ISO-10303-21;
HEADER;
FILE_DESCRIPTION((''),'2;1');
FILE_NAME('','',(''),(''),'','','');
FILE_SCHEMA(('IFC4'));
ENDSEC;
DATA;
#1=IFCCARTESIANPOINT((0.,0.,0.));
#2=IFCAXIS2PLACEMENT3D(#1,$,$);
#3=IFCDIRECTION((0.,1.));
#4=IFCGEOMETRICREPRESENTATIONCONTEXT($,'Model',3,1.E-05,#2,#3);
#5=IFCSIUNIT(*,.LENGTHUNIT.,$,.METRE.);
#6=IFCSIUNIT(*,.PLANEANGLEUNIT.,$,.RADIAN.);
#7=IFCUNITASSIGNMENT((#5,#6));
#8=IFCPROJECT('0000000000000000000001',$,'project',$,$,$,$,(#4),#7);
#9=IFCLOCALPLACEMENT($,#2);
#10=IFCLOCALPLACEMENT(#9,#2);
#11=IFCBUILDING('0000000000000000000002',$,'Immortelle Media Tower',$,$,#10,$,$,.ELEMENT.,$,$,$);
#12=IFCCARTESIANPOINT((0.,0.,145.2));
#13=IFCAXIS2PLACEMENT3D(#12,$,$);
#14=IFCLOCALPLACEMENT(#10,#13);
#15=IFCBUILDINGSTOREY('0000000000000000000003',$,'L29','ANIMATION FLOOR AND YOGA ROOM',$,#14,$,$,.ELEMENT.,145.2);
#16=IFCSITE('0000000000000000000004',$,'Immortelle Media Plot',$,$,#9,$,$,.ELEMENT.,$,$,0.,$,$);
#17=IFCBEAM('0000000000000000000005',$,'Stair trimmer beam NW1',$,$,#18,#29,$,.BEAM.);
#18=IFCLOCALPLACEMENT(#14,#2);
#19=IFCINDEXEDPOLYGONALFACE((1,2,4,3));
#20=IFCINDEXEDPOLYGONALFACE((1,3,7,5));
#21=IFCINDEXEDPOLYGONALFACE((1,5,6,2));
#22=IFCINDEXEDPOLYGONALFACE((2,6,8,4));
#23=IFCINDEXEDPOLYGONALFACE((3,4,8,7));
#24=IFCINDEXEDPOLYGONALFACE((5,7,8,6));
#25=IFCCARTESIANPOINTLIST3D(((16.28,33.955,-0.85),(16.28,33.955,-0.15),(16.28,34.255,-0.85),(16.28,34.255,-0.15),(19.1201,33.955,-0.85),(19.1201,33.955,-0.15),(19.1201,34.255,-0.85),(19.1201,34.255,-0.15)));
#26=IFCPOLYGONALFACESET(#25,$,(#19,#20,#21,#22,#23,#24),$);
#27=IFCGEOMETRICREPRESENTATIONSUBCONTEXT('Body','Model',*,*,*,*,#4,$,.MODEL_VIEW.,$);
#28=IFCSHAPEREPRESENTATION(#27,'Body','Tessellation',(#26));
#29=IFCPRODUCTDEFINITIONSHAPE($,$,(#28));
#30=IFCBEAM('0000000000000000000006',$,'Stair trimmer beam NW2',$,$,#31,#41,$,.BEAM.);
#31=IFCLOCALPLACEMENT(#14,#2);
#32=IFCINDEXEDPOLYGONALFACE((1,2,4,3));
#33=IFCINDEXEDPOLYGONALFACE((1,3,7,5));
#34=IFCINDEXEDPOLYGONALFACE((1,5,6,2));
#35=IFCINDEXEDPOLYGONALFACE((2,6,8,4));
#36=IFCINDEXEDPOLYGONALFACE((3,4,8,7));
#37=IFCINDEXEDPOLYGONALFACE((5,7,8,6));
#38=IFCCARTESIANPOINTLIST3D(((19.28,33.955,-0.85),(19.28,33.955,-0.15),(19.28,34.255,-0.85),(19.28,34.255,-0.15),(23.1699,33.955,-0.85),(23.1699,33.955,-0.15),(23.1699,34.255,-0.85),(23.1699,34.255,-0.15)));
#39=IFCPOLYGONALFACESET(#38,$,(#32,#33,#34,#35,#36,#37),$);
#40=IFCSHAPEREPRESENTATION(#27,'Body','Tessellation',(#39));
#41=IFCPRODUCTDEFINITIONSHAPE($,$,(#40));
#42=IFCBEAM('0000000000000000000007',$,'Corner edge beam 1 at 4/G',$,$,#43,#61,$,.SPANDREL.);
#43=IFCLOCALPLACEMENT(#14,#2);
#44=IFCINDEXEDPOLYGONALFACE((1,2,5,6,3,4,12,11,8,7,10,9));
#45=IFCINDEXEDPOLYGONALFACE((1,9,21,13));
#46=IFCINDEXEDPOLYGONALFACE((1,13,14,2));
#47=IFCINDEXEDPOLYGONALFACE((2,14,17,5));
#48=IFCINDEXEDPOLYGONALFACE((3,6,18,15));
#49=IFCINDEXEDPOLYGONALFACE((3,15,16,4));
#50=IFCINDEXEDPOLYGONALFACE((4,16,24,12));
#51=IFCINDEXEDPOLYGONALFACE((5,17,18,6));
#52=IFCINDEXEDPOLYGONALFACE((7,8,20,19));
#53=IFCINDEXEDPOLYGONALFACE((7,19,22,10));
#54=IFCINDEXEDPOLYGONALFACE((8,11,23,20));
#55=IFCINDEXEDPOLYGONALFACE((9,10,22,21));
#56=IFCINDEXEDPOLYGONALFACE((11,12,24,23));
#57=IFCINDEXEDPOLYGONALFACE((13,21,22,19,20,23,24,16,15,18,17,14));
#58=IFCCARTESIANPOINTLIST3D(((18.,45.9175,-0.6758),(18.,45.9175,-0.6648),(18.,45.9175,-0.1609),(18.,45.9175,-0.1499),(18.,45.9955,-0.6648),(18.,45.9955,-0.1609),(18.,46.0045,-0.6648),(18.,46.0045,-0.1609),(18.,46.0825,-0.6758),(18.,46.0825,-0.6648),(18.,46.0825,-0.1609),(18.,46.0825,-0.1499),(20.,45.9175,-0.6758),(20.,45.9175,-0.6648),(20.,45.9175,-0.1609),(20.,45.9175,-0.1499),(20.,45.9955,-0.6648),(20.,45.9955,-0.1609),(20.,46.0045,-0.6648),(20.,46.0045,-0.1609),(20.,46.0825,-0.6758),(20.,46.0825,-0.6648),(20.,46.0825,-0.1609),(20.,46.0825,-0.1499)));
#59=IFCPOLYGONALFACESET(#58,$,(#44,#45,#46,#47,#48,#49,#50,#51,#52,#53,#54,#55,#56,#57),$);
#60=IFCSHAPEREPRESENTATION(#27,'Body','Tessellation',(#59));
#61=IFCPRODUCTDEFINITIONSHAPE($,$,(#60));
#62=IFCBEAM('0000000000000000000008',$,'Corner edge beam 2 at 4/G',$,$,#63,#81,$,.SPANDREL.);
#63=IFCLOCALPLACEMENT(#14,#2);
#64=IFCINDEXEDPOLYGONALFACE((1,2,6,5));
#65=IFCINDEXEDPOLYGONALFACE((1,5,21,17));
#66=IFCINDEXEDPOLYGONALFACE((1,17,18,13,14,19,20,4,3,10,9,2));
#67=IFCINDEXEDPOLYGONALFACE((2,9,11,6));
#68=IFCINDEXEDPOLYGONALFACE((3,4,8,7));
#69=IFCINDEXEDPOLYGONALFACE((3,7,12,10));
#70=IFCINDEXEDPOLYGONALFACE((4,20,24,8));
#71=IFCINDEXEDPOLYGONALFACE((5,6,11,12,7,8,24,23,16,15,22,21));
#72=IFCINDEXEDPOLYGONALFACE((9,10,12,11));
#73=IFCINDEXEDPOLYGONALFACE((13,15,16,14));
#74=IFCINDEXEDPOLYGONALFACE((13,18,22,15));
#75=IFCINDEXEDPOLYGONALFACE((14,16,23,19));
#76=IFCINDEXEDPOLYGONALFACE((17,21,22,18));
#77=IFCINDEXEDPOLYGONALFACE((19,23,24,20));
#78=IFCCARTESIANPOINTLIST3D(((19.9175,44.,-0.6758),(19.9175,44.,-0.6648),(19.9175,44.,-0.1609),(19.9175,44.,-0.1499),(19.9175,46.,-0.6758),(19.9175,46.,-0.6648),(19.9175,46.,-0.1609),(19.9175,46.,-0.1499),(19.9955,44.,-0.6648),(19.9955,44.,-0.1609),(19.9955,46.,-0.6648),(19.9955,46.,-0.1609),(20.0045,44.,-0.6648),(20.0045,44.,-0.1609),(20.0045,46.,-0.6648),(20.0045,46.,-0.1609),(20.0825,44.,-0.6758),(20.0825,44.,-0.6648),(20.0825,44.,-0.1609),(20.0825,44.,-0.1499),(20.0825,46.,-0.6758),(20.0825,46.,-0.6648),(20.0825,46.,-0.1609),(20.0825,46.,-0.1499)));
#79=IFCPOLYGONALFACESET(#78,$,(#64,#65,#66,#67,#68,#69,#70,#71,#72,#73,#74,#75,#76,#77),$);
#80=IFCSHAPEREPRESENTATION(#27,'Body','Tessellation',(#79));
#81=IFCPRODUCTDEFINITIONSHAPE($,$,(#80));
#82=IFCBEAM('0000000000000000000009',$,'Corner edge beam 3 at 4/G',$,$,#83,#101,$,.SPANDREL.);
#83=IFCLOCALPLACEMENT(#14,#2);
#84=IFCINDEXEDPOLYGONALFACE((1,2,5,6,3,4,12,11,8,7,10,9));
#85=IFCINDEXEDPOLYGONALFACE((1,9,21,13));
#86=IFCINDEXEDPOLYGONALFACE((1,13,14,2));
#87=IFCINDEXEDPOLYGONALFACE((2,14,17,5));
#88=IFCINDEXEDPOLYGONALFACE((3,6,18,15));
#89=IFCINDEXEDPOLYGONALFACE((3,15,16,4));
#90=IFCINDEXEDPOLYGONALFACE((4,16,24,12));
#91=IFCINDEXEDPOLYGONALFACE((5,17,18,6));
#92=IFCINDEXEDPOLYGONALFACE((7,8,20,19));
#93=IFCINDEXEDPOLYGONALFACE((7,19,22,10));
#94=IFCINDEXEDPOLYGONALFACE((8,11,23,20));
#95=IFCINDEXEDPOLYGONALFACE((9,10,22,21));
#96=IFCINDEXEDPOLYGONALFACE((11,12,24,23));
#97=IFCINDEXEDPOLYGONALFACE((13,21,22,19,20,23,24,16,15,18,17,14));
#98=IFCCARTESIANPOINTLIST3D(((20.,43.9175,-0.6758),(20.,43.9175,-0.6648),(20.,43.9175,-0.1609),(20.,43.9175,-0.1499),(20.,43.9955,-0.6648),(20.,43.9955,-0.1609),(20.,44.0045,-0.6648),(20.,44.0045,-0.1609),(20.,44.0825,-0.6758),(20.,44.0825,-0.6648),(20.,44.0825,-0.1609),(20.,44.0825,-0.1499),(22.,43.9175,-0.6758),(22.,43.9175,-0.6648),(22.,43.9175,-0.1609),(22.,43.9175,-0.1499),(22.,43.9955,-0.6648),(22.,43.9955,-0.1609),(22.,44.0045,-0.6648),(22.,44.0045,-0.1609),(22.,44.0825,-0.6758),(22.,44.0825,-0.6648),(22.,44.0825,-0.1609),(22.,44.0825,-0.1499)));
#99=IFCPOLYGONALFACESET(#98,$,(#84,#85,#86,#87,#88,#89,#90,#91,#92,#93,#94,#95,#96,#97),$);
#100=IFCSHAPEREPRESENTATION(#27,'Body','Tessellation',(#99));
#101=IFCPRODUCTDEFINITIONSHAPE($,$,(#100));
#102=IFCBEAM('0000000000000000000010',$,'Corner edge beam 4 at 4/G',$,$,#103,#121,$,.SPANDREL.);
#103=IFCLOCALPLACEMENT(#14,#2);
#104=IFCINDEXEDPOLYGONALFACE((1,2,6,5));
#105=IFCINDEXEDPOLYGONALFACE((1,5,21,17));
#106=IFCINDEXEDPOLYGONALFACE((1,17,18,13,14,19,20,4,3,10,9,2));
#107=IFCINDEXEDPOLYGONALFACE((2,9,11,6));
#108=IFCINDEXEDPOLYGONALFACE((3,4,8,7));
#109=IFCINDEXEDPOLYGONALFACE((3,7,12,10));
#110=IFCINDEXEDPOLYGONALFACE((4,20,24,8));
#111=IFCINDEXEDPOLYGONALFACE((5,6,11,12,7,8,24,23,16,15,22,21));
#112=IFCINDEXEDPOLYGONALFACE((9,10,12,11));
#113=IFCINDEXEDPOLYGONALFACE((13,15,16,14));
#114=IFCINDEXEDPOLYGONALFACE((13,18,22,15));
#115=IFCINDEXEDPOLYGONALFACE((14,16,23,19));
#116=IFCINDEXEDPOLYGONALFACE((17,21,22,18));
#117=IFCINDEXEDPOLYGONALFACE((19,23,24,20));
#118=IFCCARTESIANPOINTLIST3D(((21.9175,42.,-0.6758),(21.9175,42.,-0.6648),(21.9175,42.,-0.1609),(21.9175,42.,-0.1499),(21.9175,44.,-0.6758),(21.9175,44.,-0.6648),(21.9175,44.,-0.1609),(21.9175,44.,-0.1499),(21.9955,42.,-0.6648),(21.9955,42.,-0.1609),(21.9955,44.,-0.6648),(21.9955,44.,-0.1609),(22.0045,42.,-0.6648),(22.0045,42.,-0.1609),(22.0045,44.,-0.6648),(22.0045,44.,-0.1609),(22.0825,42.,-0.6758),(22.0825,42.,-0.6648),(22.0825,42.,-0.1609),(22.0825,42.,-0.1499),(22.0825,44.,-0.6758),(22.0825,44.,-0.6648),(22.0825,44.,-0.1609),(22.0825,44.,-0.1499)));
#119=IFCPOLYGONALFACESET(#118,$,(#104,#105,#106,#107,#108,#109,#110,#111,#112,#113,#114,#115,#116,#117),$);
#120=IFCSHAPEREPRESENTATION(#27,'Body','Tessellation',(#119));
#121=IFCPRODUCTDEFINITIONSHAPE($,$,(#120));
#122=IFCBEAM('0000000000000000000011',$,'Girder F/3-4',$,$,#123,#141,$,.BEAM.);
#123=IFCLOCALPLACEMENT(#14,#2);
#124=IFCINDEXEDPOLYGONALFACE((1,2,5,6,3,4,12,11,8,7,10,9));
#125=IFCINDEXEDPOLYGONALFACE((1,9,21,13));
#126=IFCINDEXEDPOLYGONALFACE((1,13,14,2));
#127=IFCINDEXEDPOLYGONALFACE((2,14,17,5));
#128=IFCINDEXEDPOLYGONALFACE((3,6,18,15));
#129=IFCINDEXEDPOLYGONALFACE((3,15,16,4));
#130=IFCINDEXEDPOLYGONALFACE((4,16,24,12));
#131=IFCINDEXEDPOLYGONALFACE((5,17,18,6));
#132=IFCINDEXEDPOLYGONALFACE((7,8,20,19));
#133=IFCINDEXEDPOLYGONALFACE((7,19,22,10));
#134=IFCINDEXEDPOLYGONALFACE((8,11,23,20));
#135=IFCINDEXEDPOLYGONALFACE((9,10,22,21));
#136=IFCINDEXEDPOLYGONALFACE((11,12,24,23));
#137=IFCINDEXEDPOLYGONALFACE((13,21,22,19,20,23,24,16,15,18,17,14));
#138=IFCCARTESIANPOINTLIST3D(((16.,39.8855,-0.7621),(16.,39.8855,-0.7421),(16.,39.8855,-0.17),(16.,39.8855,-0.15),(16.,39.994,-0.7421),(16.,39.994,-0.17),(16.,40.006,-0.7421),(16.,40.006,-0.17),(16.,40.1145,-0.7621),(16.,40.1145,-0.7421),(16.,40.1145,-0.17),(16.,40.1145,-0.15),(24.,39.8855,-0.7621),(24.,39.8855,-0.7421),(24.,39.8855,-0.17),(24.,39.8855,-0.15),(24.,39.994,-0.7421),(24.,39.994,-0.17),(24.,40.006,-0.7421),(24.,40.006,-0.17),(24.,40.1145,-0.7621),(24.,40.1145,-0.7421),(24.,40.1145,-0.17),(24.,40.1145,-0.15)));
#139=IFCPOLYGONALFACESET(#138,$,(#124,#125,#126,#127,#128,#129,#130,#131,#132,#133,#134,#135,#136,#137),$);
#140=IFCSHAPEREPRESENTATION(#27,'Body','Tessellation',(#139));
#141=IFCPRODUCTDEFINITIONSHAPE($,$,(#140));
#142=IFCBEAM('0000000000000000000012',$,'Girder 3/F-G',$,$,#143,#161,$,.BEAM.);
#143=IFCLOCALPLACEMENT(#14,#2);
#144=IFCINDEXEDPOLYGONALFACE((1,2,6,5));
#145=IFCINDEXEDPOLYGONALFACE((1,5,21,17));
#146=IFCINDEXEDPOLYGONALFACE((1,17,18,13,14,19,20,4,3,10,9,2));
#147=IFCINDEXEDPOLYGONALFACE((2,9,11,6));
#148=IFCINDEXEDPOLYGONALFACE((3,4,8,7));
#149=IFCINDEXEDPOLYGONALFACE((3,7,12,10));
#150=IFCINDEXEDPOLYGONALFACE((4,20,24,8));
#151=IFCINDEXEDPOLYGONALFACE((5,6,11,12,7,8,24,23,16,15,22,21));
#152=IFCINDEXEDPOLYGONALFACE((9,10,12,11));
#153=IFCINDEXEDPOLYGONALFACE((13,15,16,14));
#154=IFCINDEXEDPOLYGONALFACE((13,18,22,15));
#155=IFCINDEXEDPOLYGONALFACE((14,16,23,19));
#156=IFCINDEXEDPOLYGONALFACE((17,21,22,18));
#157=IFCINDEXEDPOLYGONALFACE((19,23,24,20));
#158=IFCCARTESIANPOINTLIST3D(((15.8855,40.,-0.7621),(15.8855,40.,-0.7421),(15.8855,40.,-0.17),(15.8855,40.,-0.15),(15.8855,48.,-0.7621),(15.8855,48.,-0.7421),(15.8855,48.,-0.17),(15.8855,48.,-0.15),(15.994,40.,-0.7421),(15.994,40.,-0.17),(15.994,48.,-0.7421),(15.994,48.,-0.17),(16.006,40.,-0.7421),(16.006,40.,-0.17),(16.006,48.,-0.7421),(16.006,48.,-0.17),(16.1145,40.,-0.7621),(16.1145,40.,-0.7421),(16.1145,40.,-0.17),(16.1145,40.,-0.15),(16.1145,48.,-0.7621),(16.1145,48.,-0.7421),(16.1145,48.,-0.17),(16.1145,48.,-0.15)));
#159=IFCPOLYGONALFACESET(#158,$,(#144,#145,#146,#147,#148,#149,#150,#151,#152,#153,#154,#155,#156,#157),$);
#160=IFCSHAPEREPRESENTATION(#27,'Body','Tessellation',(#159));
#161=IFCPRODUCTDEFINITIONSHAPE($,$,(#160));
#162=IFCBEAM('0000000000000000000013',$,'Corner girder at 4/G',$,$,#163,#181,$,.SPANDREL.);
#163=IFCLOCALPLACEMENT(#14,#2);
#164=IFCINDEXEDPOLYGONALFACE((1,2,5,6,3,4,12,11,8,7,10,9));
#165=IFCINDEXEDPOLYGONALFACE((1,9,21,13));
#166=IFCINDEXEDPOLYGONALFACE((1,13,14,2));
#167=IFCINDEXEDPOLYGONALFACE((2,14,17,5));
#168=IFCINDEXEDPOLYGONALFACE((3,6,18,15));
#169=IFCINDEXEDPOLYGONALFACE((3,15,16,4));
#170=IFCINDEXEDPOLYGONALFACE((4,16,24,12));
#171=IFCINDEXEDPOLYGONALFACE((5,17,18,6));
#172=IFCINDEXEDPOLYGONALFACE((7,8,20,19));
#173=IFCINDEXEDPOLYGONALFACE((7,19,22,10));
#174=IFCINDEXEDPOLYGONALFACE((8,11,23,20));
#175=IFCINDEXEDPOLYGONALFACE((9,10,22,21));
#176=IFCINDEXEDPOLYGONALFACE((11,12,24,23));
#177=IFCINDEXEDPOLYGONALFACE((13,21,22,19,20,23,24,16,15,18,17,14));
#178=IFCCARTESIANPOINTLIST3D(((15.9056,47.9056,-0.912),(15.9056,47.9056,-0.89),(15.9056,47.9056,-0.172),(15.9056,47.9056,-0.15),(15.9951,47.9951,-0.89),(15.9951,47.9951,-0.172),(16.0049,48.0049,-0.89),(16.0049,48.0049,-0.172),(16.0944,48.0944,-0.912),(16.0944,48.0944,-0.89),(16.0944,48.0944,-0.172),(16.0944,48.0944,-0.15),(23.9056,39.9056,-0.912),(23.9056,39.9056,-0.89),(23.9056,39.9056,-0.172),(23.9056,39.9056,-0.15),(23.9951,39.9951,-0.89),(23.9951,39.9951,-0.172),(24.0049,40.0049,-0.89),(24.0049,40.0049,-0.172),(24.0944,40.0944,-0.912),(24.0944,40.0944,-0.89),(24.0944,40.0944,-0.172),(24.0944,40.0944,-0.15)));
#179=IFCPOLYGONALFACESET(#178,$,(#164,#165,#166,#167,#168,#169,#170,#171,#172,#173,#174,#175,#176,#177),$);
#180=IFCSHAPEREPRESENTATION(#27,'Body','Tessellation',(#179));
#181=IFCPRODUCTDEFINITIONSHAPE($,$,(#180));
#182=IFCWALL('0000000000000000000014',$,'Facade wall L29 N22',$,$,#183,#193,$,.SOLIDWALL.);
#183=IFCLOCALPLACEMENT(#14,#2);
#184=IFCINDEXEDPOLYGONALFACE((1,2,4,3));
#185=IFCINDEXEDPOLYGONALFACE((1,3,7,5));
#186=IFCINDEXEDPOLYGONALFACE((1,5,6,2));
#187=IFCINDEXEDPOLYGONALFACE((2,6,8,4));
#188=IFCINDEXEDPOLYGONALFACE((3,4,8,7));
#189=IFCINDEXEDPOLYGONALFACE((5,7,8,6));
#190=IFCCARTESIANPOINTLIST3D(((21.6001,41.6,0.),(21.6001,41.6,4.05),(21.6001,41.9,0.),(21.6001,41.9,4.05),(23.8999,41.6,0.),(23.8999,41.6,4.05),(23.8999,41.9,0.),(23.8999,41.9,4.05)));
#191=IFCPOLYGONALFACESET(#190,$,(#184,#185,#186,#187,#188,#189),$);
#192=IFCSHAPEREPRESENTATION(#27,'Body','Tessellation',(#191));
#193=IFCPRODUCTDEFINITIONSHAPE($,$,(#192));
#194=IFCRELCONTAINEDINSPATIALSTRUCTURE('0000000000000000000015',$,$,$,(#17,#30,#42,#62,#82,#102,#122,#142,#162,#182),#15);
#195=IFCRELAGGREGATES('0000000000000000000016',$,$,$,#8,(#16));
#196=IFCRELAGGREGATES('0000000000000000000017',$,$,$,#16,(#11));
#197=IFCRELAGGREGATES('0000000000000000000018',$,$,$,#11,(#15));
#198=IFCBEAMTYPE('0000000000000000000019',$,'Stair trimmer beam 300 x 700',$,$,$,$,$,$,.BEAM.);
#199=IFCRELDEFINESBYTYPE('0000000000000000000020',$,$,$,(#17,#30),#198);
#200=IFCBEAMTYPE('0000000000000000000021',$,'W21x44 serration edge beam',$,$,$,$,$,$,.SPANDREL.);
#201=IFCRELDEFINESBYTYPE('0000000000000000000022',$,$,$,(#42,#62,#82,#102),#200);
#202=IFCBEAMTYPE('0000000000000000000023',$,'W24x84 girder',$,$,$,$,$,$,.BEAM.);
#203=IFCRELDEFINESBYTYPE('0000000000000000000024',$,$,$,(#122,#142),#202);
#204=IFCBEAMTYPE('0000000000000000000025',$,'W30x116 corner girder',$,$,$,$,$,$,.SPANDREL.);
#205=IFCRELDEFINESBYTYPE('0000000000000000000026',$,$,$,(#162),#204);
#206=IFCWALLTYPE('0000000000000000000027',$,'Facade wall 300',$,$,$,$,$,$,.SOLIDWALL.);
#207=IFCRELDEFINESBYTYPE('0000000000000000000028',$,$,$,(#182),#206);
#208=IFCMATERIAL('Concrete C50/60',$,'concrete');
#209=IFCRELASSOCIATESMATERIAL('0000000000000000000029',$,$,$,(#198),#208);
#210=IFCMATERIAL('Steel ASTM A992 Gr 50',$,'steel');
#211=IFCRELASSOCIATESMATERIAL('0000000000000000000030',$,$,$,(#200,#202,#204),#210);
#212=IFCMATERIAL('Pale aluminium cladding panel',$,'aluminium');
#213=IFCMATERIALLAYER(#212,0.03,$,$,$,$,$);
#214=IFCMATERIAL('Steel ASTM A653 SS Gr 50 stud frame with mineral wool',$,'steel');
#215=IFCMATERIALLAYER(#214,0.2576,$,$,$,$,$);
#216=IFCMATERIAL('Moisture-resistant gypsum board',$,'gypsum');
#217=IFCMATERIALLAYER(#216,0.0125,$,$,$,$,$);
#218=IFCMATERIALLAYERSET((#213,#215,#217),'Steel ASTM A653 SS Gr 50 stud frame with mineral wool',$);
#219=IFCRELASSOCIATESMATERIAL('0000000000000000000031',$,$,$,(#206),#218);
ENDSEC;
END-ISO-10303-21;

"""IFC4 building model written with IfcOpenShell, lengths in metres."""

from ifc_helpers import new_model, si_unit, direction, frame, frame_2d, origin, origin_2d, place, context, subcontext, project, spatial, rectangle, i_section, extrude, material, layer, layer_set, material_profile, profile_set, type_object, element, save


model = new_model("IFC4")

# Units and contexts
model_context = context("Model", 3, precision=1e-05, world=origin(), true_north=direction((0.0, 1.0)))
body_context = subcontext(model_context, "Body", "Model", "MODEL_VIEW")
ifc_project = project(units=[si_unit("LENGTHUNIT", "METRE"), si_unit("PLANEANGLEUNIT", "RADIAN")], contexts=[model_context])

# Site, building, storey
site_placement = place(None, origin())
site = spatial("IfcSite", under=ifc_project, at=site_placement, Name="Immortelle Media Plot", CompositionType="ELEMENT", RefElevation=0.0)
building_placement = place(site_placement, origin())
building = spatial("IfcBuilding", under=site, at=building_placement, Name="Immortelle Media Tower", CompositionType="ELEMENT")
storey_placement = place(building_placement, frame((0.0, 0.0, 145.2)))
storey = spatial("IfcBuildingStorey", under=building, at=storey_placement, Name="L29", Description="ANIMATION FLOOR AND YOGA ROOM", CompositionType="ELEMENT", Elevation=145.2)

# Beams
ifc_material_1 = material(Name="Concrete C50/60", Category="concrete")
ifc_material_profile_1 = material_profile(ifc_material_1, rectangle(XDim=0.3, YDim=0.7, at=origin_2d()), Name="RC 300x700")
ifc_profile_set_1 = profile_set([ifc_material_profile_1], Name="Concrete C50/60")
beam_type_1 = type_object("IfcBeamType", Name="Stair trimmer beam 300 x 700", PredefinedType="BEAM", material=ifc_profile_set_1)
beam_1_placement = place(storey_placement, frame((16.28, 34.105, -0.5), z_axis=(1.0, 0.0, 0.0), x_axis=(0.0, 1.0, 0.0)))
element("IfcBeam", 1, at=beam_1_placement, inside=storey, type_object=beam_type_1, Name="Stair trimmer beam NW1", PredefinedType="BEAM", context=body_context, shape_type="SweptSolid", body=[
    extrude(rectangle(XDim=0.3, YDim=0.7, at=origin_2d()), origin(), (0.0, 0.0, 1.0), 2.8401),
])
beam_2_placement = place(storey_placement, frame((19.28, 34.105, -0.5), z_axis=(1.0, 0.0, 0.0), x_axis=(0.0, 1.0, 0.0)))
element("IfcBeam", 2, at=beam_2_placement, inside=storey, type_object=beam_type_1, Name="Stair trimmer beam NW2", PredefinedType="BEAM", context=body_context, shape_type="SweptSolid", body=[
    extrude(rectangle(XDim=0.3, YDim=0.7, at=origin_2d()), origin(), (0.0, 0.0, 1.0), 3.8899),
])
ifc_material_2 = material(Name="Steel ASTM A992 Gr 50", Category="steel")
ifc_material_profile_2 = material_profile(ifc_material_2, i_section(OverallWidth=0.165, OverallDepth=0.5259, WebThickness=0.009, FlangeThickness=0.011, at=origin_2d()), Name="W21x44")
ifc_profile_set_2 = profile_set([ifc_material_profile_2], Name="Steel ASTM A992 Gr 50")
beam_type_2 = type_object("IfcBeamType", Name="W21x44 serration edge beam", PredefinedType="SPANDREL", material=ifc_profile_set_2)
for number, where, z_axis, x_axis, name in (
    (3, (18.0, 46.0, -0.4128), (1.0, 0.0, 0.0), (0.0, 1.0, 0.0), "Corner edge beam 1 at 4/G"),
    (4, (20.0, 46.0, -0.4128), (0.0, -1.0, 0.0), (1.0, 0.0, 0.0), "Corner edge beam 2 at 4/G"),
    (5, (20.0, 44.0, -0.4128), (1.0, 0.0, 0.0), (0.0, 1.0, 0.0), "Corner edge beam 3 at 4/G"),
    (6, (22.0, 44.0, -0.4128), (0.0, -1.0, 0.0), (1.0, 0.0, 0.0), "Corner edge beam 4 at 4/G"),
):
    element("IfcBeam", number, at=place(storey_placement, frame(where, z_axis=z_axis, x_axis=x_axis)), inside=storey, type_object=beam_type_2, Name=name, PredefinedType="SPANDREL", context=body_context, shape_type="SweptSolid", body=[
        extrude(i_section(OverallWidth=0.165, OverallDepth=0.5259, WebThickness=0.009, FlangeThickness=0.011, at=origin_2d()), origin(), (0.0, 0.0, 1.0), 2.0),
    ])
ifc_material_profile_3 = material_profile(ifc_material_2, i_section(OverallWidth=0.229, OverallDepth=0.6121, WebThickness=0.012, FlangeThickness=0.02, at=origin_2d()), Name="W24x84")
ifc_profile_set_3 = profile_set([ifc_material_profile_3], Name="Steel ASTM A992 Gr 50")
beam_type_3 = type_object("IfcBeamType", Name="W24x84 girder", PredefinedType="BEAM", material=ifc_profile_set_3)
for number, where, z_axis, x_axis, name in (
    (7, (16.0, 40.0, -0.4561), (1.0, 0.0, 0.0), (0.0, 1.0, 0.0), "Girder F/3-4"),
    (8, (16.0, 40.0, -0.4561), (0.0, 1.0, 0.0), (-1.0, 0.0, 0.0), "Girder 3/F-G"),
):
    element("IfcBeam", number, at=place(storey_placement, frame(where, z_axis=z_axis, x_axis=x_axis)), inside=storey, type_object=beam_type_3, Name=name, PredefinedType="BEAM", context=body_context, shape_type="SweptSolid", body=[
        extrude(i_section(OverallWidth=0.229, OverallDepth=0.6121, WebThickness=0.012, FlangeThickness=0.02, at=origin_2d()), origin(), (0.0, 0.0, 1.0), 8.0),
    ])
ifc_material_profile_4 = material_profile(ifc_material_2, i_section(OverallWidth=0.2671, OverallDepth=0.762, WebThickness=0.0139, FlangeThickness=0.022, at=origin_2d()), Name="W30x116")
ifc_profile_set_4 = profile_set([ifc_material_profile_4], Name="Steel ASTM A992 Gr 50")
beam_type_4 = type_object("IfcBeamType", Name="W30x116 corner girder", PredefinedType="SPANDREL", material=ifc_profile_set_4)
beam_3_placement = place(storey_placement, frame((16.0, 48.0, -0.531), z_axis=(0.707107, -0.707107, 0.0), x_axis=(0.707107, 0.707107, 0.0)))
element("IfcBeam", 9, at=beam_3_placement, inside=storey, type_object=beam_type_4, Name="Corner girder at 4/G", PredefinedType="SPANDREL", context=body_context, shape_type="SweptSolid", body=[
    extrude(i_section(OverallWidth=0.2671, OverallDepth=0.762, WebThickness=0.0139, FlangeThickness=0.022, at=origin_2d()), origin(), (0.0, 0.0, 1.0), 11.3137),
])

# Wall
ifc_material_3 = material(Name="Pale aluminium cladding panel", Category="aluminium")
ifc_layer_1 = layer(ifc_material_3, 0.03)
ifc_material_4 = material(Name="Steel ASTM A653 SS Gr 50 stud frame with mineral wool", Category="steel")
ifc_layer_2 = layer(ifc_material_4, 0.2576)
ifc_material_5 = material(Name="Moisture-resistant gypsum board", Category="gypsum")
ifc_layer_3 = layer(ifc_material_5, 0.0125)
ifc_layer_set_1 = layer_set([ifc_layer_1, ifc_layer_2, ifc_layer_3], Name="Steel ASTM A653 SS Gr 50 stud frame with mineral wool")
wall_type_1 = type_object("IfcWallType", Name="Facade wall 300", PredefinedType="SOLIDWALL", material=ifc_layer_set_1)
wall_1_placement = place(storey_placement, frame((23.8999, 41.75, 0.0), z_axis=(0.0, 0.0, 1.0), x_axis=(-1.0, 0.0, 0.0)))
element("IfcWall", 10, at=wall_1_placement, inside=storey, type_object=wall_type_1, Name="Facade wall L29 N22", PredefinedType="SOLIDWALL", context=body_context, shape_type="SweptSolid", body=[
    extrude(rectangle(XDim=2.2998, YDim=0.3, at=frame_2d((1.1499, 0.0))), origin(), (0.0, 0.0, 1.0), 4.05),
])

save(model, "model.ifc")
